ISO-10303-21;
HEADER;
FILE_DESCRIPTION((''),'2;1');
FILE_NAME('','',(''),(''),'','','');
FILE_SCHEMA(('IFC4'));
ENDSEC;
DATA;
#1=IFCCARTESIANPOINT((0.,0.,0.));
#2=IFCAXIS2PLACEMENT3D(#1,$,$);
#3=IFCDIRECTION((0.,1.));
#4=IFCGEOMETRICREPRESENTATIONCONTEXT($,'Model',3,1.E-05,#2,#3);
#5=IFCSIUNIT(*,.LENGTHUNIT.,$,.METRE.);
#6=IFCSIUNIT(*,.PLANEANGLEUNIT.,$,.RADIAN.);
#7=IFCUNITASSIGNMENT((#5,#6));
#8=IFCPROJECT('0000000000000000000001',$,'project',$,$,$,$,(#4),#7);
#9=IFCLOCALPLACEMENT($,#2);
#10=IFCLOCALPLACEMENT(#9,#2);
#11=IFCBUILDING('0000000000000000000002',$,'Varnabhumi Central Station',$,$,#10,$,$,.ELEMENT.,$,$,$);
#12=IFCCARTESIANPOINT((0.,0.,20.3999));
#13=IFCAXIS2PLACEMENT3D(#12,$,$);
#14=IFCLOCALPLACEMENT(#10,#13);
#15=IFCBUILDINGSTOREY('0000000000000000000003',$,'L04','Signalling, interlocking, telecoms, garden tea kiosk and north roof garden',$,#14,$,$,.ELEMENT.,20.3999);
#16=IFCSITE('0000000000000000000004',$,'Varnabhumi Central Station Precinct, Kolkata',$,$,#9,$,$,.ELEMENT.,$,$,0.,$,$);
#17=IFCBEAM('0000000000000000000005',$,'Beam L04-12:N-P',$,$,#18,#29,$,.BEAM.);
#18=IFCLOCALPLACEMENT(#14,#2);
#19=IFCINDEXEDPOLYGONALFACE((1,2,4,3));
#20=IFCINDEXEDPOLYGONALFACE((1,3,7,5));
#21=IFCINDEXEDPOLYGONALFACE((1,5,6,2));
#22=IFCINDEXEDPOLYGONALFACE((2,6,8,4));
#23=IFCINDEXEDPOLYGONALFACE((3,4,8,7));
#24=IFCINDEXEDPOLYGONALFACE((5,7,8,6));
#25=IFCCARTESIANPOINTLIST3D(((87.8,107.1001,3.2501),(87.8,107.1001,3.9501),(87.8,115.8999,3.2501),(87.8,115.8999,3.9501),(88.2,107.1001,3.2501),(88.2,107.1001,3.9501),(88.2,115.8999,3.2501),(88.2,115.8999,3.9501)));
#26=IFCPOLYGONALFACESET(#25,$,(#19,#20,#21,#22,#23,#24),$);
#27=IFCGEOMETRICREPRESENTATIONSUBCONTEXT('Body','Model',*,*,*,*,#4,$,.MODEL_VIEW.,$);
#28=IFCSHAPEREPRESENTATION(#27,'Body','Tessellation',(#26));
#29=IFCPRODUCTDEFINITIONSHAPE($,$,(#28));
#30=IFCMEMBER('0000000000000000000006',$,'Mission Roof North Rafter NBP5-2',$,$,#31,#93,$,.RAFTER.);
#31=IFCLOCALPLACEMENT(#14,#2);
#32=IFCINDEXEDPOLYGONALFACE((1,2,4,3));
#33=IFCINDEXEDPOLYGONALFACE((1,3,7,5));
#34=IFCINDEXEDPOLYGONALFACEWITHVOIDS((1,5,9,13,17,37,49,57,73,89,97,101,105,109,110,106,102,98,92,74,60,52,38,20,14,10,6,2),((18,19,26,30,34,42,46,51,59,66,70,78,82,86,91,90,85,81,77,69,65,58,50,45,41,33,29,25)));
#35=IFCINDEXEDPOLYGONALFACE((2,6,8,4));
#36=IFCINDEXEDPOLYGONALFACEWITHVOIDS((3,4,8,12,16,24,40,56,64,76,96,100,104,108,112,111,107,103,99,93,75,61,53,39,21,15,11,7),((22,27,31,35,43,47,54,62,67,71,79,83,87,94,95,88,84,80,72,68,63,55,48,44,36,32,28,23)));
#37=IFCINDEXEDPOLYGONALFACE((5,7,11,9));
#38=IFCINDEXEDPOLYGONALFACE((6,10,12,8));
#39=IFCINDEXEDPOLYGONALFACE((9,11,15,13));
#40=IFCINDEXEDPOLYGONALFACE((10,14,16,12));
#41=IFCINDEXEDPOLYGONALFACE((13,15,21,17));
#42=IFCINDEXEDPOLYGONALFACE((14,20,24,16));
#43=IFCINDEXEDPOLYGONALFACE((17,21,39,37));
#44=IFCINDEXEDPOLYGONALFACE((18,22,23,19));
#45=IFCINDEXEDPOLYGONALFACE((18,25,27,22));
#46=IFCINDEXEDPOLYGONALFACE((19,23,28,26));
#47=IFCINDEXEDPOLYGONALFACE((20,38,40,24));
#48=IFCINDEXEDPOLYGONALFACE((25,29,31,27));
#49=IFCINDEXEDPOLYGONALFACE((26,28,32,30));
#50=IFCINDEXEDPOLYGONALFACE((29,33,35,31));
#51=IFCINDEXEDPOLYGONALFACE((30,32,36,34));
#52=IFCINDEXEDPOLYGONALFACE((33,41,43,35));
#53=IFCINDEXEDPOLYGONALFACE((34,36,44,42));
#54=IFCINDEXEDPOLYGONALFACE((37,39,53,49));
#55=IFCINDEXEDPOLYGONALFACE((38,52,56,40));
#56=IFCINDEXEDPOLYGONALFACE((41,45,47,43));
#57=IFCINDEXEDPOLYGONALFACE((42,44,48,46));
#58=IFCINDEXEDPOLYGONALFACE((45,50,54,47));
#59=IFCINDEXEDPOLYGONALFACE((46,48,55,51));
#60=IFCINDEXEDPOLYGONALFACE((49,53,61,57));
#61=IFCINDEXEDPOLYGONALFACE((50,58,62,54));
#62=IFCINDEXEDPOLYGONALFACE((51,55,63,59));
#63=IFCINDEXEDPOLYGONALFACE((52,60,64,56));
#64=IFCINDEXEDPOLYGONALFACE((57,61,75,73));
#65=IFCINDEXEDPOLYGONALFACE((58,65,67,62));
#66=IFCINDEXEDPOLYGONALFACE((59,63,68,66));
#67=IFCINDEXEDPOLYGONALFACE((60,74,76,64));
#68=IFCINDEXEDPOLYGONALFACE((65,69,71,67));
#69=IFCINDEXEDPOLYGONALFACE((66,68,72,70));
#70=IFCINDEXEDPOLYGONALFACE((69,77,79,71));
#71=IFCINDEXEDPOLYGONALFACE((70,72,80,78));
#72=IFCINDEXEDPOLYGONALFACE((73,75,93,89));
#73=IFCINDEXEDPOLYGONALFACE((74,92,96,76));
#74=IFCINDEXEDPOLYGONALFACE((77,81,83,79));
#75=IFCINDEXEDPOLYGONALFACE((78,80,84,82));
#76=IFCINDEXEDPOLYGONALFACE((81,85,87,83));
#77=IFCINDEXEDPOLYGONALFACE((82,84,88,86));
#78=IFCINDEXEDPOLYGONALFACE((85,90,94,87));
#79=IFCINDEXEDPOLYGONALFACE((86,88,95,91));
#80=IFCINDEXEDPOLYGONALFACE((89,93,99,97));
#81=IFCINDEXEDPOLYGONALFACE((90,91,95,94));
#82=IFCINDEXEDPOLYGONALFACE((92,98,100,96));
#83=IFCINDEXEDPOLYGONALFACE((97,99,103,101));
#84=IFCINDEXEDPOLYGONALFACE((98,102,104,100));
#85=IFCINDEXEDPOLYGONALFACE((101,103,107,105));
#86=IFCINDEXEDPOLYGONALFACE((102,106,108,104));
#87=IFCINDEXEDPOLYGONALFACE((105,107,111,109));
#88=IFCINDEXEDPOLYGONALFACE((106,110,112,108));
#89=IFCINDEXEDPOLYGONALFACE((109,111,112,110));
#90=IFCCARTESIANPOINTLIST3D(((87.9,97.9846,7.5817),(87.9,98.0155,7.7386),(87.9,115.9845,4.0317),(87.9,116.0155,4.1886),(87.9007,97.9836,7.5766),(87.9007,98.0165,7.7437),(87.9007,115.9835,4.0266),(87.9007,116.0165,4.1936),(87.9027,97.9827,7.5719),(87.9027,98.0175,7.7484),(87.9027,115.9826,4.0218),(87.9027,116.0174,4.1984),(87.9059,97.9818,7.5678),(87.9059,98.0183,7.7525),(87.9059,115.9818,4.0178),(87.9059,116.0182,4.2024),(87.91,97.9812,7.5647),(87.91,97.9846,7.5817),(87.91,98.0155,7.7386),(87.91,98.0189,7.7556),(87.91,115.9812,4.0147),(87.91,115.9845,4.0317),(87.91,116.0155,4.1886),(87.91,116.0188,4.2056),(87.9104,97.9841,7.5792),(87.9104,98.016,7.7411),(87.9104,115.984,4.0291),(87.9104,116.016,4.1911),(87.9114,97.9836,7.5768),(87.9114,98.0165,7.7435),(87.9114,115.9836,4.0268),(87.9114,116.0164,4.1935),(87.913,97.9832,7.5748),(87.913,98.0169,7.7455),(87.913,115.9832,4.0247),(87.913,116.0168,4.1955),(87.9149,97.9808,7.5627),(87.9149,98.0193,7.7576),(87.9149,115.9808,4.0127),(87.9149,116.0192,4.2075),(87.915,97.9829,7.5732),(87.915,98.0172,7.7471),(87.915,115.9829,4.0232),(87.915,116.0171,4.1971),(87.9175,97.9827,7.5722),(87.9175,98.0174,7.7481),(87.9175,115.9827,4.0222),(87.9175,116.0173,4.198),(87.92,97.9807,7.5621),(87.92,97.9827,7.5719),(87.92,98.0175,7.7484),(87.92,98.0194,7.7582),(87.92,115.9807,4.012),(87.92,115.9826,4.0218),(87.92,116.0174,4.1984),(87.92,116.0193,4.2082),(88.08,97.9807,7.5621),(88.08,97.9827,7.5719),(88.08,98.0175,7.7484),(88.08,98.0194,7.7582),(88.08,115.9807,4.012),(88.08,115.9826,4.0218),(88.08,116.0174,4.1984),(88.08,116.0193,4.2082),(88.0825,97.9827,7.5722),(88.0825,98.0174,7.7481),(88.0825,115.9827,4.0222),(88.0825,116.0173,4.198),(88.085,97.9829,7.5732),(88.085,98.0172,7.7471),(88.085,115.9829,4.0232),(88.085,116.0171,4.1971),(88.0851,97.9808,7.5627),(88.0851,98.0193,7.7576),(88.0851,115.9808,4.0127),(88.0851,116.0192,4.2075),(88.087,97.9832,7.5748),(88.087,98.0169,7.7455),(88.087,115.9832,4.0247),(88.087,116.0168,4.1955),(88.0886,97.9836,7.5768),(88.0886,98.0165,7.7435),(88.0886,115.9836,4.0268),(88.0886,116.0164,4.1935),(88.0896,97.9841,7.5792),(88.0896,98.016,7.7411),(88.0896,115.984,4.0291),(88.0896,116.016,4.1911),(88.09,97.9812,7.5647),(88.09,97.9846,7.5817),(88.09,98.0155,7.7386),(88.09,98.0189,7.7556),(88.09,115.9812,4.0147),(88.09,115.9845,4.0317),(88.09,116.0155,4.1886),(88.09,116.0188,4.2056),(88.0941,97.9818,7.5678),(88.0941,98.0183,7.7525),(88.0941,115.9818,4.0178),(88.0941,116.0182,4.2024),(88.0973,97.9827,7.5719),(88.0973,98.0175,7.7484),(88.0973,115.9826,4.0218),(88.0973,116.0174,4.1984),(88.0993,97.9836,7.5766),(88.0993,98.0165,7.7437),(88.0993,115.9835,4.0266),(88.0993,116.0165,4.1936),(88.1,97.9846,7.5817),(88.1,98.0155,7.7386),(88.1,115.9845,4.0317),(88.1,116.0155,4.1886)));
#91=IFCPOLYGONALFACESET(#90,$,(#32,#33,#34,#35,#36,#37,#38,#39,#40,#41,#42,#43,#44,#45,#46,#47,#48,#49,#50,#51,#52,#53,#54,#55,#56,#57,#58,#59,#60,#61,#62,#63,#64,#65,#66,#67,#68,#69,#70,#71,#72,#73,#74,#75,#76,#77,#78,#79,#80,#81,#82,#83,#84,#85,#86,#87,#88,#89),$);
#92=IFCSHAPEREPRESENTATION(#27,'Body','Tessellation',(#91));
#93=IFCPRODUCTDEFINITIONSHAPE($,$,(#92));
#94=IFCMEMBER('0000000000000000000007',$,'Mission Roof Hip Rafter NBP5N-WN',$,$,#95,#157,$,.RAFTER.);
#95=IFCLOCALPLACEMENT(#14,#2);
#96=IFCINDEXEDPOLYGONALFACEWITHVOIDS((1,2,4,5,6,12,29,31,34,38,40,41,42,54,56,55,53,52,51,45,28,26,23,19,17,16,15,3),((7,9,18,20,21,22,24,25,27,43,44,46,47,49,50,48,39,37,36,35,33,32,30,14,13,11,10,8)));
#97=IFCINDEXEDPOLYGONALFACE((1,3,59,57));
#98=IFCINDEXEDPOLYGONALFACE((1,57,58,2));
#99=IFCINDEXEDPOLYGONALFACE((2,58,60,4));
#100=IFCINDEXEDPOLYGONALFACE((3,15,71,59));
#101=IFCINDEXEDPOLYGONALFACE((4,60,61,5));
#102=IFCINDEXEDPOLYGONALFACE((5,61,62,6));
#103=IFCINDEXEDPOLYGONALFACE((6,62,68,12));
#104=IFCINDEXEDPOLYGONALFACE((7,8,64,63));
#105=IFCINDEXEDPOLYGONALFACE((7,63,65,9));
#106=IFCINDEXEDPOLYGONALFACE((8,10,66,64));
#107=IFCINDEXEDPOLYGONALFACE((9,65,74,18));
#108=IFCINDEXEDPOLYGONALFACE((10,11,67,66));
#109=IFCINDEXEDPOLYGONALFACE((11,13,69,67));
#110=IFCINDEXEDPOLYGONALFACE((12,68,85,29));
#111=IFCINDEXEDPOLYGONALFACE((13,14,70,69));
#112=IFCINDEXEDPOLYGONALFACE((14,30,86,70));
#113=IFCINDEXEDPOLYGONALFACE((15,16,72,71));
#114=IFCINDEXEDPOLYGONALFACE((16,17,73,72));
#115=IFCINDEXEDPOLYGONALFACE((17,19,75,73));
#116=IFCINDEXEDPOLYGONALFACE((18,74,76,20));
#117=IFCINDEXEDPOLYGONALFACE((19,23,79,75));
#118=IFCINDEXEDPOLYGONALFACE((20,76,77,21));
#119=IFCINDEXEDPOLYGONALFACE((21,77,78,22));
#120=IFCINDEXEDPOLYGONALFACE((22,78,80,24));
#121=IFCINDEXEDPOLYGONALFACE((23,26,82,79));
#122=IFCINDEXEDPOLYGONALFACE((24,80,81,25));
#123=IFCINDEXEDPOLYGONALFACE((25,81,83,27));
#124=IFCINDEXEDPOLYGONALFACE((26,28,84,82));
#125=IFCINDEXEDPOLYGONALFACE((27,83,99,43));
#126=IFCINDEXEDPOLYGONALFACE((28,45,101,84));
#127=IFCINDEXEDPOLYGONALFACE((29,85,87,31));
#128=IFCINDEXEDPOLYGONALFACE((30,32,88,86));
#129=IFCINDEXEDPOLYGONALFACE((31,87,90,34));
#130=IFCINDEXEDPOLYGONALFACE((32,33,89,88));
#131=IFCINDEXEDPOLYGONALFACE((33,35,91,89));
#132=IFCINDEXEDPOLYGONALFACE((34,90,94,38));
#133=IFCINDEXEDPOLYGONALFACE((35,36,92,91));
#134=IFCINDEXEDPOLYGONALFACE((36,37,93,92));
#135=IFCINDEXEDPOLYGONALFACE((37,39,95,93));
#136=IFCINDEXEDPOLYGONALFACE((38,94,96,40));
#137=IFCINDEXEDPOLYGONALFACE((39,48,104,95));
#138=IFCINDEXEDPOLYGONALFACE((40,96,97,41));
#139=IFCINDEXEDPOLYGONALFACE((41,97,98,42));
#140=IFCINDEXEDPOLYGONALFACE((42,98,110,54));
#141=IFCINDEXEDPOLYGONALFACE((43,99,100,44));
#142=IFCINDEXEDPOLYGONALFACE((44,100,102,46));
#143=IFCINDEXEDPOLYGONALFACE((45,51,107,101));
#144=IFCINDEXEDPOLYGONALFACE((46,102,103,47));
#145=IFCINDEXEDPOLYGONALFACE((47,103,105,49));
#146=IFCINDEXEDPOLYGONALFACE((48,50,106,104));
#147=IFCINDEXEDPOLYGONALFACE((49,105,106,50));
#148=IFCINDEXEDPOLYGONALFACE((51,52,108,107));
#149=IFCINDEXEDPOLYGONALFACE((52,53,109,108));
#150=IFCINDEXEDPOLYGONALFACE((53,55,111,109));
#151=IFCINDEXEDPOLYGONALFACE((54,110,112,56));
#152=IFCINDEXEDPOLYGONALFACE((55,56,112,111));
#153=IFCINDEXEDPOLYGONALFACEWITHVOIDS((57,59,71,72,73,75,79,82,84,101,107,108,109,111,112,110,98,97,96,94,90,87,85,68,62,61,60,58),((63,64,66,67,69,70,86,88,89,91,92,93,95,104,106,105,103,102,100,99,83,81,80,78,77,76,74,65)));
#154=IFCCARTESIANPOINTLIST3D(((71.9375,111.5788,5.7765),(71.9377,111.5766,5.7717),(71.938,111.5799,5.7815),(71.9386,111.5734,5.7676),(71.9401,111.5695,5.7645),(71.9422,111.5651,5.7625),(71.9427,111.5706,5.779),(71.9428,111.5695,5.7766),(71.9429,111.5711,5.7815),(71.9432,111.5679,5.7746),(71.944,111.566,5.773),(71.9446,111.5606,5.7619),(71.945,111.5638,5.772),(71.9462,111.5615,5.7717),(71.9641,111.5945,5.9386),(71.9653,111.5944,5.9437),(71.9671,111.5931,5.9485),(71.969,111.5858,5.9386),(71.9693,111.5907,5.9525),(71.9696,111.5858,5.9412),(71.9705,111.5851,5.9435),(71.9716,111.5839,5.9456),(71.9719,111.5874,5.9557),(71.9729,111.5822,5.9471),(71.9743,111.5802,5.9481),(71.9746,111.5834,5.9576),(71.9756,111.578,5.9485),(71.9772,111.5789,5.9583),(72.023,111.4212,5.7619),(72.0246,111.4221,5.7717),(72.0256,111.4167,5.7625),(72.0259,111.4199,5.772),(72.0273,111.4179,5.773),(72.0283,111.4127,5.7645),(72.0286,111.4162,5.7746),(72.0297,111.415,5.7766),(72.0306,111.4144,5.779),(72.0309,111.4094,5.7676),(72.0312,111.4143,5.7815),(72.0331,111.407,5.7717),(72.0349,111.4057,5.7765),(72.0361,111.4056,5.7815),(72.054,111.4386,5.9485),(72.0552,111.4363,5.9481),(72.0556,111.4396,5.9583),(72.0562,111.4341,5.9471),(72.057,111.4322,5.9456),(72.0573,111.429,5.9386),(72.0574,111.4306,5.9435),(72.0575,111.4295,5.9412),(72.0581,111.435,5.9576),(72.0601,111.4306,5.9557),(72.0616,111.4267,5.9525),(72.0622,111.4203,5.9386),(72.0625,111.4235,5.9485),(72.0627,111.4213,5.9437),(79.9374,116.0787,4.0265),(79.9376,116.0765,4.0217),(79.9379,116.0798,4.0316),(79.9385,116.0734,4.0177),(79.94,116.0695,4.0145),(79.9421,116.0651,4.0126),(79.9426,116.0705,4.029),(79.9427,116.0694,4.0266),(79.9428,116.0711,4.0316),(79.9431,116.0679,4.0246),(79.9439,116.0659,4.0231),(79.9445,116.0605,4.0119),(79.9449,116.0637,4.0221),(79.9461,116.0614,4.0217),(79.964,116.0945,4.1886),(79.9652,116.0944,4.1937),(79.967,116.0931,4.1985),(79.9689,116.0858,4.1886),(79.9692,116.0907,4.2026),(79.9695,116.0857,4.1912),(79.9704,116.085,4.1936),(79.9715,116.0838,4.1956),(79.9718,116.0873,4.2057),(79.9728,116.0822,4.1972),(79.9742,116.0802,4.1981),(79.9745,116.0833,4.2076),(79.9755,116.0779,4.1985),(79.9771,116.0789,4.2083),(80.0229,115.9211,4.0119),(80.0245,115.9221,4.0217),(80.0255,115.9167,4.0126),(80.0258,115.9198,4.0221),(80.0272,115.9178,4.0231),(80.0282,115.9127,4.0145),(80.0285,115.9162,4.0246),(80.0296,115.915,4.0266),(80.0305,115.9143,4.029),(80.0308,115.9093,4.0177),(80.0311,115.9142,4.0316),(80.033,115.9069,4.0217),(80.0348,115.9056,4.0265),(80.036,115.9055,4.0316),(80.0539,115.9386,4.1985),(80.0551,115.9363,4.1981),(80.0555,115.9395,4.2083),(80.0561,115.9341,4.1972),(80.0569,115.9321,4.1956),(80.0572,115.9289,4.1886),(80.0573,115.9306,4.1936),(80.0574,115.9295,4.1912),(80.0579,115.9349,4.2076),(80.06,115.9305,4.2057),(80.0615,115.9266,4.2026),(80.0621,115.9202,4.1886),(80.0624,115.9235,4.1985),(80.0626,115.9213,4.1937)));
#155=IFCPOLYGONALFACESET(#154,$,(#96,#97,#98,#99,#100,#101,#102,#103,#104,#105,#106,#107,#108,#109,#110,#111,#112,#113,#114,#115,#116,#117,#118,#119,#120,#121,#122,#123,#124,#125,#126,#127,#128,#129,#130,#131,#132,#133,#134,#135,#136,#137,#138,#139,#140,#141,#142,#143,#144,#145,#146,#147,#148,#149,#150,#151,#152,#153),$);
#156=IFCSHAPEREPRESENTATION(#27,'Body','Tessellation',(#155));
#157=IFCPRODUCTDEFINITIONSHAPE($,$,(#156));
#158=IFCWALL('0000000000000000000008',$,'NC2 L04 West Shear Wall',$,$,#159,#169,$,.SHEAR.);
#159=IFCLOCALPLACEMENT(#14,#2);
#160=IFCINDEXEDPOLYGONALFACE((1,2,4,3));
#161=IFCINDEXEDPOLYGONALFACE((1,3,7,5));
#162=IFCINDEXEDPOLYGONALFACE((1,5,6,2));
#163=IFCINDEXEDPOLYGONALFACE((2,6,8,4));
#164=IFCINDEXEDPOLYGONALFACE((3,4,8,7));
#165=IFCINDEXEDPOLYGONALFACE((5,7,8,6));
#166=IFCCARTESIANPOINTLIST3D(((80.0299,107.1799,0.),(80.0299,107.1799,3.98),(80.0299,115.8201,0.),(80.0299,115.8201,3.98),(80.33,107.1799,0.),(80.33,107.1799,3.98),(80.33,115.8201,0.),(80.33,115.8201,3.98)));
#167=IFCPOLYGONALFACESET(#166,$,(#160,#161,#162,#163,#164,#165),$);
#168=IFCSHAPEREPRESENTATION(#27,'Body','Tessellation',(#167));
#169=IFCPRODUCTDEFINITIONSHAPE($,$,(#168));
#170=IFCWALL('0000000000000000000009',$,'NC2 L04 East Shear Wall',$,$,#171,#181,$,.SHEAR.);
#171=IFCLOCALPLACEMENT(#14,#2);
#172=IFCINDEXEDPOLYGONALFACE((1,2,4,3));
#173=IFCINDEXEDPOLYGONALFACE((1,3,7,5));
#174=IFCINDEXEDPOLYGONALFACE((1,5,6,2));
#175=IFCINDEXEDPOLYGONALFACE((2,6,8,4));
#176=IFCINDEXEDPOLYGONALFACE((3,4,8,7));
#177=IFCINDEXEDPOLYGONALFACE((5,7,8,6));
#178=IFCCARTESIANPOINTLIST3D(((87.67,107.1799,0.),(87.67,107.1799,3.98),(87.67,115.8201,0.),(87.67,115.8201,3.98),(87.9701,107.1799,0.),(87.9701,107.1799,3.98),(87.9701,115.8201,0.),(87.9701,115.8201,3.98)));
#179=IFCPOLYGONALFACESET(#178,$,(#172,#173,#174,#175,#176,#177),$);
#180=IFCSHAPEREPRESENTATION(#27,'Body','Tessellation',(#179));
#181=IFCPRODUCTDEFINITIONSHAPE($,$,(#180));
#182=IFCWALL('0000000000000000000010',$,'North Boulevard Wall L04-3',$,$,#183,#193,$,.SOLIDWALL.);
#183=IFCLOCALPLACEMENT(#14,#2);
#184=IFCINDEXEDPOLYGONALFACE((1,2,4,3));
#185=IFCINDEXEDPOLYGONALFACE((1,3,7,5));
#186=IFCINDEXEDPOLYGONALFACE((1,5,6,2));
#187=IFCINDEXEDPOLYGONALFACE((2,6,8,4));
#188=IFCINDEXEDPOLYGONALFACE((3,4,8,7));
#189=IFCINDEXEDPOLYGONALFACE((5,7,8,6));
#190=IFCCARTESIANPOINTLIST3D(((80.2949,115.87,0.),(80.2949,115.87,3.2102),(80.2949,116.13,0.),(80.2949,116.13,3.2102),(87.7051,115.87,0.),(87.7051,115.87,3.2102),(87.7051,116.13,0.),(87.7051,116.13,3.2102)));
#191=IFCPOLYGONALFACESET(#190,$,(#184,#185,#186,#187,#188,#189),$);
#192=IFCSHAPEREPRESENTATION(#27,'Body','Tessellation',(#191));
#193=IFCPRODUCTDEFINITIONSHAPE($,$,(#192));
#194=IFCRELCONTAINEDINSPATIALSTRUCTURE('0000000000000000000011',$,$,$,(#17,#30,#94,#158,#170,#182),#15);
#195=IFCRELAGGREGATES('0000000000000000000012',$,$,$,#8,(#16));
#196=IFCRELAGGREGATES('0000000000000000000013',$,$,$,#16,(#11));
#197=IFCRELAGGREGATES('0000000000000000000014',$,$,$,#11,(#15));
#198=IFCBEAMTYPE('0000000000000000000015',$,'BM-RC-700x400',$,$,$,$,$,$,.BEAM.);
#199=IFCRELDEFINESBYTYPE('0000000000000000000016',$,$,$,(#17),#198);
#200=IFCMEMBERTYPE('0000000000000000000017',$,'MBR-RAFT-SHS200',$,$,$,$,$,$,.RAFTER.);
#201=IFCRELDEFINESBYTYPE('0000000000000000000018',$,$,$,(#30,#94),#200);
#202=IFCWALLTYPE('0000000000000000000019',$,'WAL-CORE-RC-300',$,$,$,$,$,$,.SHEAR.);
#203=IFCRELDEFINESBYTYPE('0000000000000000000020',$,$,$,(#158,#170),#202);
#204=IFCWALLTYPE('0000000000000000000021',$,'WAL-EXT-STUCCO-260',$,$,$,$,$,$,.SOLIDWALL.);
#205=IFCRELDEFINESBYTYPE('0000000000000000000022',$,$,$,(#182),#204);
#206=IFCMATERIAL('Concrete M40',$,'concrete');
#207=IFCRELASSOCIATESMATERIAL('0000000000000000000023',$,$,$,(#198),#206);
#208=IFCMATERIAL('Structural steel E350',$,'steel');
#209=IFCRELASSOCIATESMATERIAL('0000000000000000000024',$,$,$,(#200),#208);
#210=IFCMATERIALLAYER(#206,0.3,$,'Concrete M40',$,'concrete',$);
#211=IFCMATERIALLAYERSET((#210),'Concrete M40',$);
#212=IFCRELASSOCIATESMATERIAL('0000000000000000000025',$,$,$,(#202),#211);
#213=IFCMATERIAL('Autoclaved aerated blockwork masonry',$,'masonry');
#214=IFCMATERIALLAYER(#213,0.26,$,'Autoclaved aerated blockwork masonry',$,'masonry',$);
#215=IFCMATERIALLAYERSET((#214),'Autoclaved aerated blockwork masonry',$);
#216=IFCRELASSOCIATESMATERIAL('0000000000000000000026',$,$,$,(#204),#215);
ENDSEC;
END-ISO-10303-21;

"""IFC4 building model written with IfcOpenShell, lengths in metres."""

from ifc_helpers import new_model, si_unit, direction, frame, frame_2d, origin, origin_2d, place, context, subcontext, project, spatial, rectangle, hollow_rectangle, extrude, material, layer, layer_set, material_profile, profile_set, type_object, element, save


model = new_model("IFC4")

# Units and contexts
model_context = context("Model", 3, precision=1e-05, world=origin(), true_north=direction((0.0, 1.0)))
body_context = subcontext(model_context, "Body", "Model", "MODEL_VIEW")
ifc_project = project(units=[si_unit("LENGTHUNIT", "METRE"), si_unit("PLANEANGLEUNIT", "RADIAN")], contexts=[model_context])

# Site, building, storey
site_placement = place(None, origin())
site = spatial("IfcSite", under=ifc_project, at=site_placement, Name="Varnabhumi Central Station Precinct, Kolkata", CompositionType="ELEMENT", RefElevation=0.0)
building_placement = place(site_placement, origin())
building = spatial("IfcBuilding", under=site, at=building_placement, Name="Varnabhumi Central Station", CompositionType="ELEMENT")
storey_placement = place(building_placement, frame((0.0, 0.0, 20.3999)))
storey = spatial("IfcBuildingStorey", under=building, at=storey_placement, Name="L04", Description="Signalling, interlocking, telecoms, garden tea kiosk and north roof garden", CompositionType="ELEMENT", Elevation=20.3999)

# Shared definitions
ifc_material_1 = material(Name="Concrete M40", Category="concrete")

# Beam
ifc_material_2 = material(Name="Structural steel E350", Category="steel")
ifc_material_profile_1 = material_profile(ifc_material_1, rectangle(XDim=0.3999, YDim=0.7, at=origin_2d()), Name="Concrete M40", Category="concrete")
ifc_profile_set_1 = profile_set([ifc_material_profile_1], Name="Concrete M40")
beam_type_1 = type_object("IfcBeamType", Name="BM-RC-700x400", PredefinedType="BEAM", material=ifc_profile_set_1)
beam_placement = place(storey_placement, frame((88.0, 107.1001, 3.6001), z_axis=(0.0, 1.0, 0.0), x_axis=(-1.0, 0.0, 0.0)))
element("IfcBeam", 1, at=beam_placement, inside=storey, type_object=beam_type_1, Name="Beam L04-12:N-P", PredefinedType="BEAM", context=body_context, shape_type="SweptSolid", body=[
    extrude(rectangle(XDim=0.3999, YDim=0.7, at=origin_2d()), origin(), (0.0, 0.0, 1.0), 8.7998),
])

# Members
ifc_material_profile_2 = material_profile(ifc_material_2, hollow_rectangle(XDim=0.2, YDim=0.2, WallThickness=0.01, InnerFilletRadius=0.01, OuterFilletRadius=0.02, at=origin_2d()), Name="Structural steel E350", Category="steel")
ifc_profile_set_2 = profile_set([ifc_material_profile_2], Name="Structural steel E350")
member_type = type_object("IfcMemberType", Name="MBR-RAFT-SHS200", PredefinedType="RAFTER", material=ifc_profile_set_2)
member_1_placement = place(storey_placement, frame((88.0, 116.0, 4.1101), z_axis=(0.0, -0.981101, 0.193498), x_axis=(1.0, 0.0, 0.0)))
element("IfcMember", 2, at=member_1_placement, inside=storey, type_object=member_type, Name="Mission Roof North Rafter NBP5-2", PredefinedType="RAFTER", context=body_context, shape_type="SweptSolid", body=[
    extrude(hollow_rectangle(XDim=0.2, YDim=0.2, WallThickness=0.01, InnerFilletRadius=0.01, OuterFilletRadius=0.02, at=origin_2d()), origin(), (0.0, 0.0, 1.0), 18.3467),
])
member_2_placement = place(storey_placement, frame((80.0, 116.0, 4.1101), z_axis=(-0.856154, -0.481586, 0.187284), x_axis=(0.490261, -0.871576, 0.0)))
element("IfcMember", 3, at=member_2_placement, inside=storey, type_object=member_type, Name="Mission Roof Hip Rafter NBP5N-WN", PredefinedType="RAFTER", context=body_context, shape_type="SweptSolid", body=[
    extrude(hollow_rectangle(XDim=0.2, YDim=0.2, WallThickness=0.01, InnerFilletRadius=0.01, OuterFilletRadius=0.02, at=origin_2d()), origin(), (0.0, 0.0, 1.0), 9.344),
])

# Walls
ifc_layer_1 = layer(ifc_material_1, 0.3, Name="Concrete M40", Category="concrete")
ifc_layer_set_1 = layer_set([ifc_layer_1], Name="Concrete M40")
wall_type_1 = type_object("IfcWallType", Name="WAL-CORE-RC-300", PredefinedType="SHEAR", material=ifc_layer_set_1)
for number, where, z_axis, x_axis, name in (
    (4, (80.1799, 107.1799, 0.0), (0.0, 0.0, 1.0), (0.0, 1.0, 0.0), "NC2 L04 West Shear Wall"),
    (5, (87.8201, 107.1799, 0.0), (0.0, 0.0, 1.0), (0.0, 1.0, 0.0), "NC2 L04 East Shear Wall"),
):
    element("IfcWall", number, at=place(storey_placement, frame(where, z_axis=z_axis, x_axis=x_axis)), inside=storey, type_object=wall_type_1, Name=name, PredefinedType="SHEAR", context=body_context, shape_type="SweptSolid", body=[
        extrude(rectangle(XDim=8.6401, YDim=0.3, at=frame_2d((4.3201, 0.0))), origin(), (0.0, 0.0, 1.0), 3.98),
    ])

# Wall
ifc_material_3 = material(Name="Autoclaved aerated blockwork masonry", Category="masonry")
ifc_layer_2 = layer(ifc_material_3, 0.26, Name="Autoclaved aerated blockwork masonry", Category="masonry")
ifc_layer_set_2 = layer_set([ifc_layer_2], Name="Autoclaved aerated blockwork masonry")
wall_type_2 = type_object("IfcWallType", Name="WAL-EXT-STUCCO-260", PredefinedType="SOLIDWALL", material=ifc_layer_set_2)
wall_1_placement = place(storey_placement, frame((80.2949, 116.0, 0.0), z_axis=(0.0, 0.0, 1.0), x_axis=(1.0, 0.0, 0.0)))
element("IfcWall", 6, at=wall_1_placement, inside=storey, type_object=wall_type_2, Name="North Boulevard Wall L04-3", PredefinedType="SOLIDWALL", context=body_context, shape_type="SweptSolid", body=[
    extrude(rectangle(XDim=7.4102, YDim=0.26, at=frame_2d((3.7051, 0.0))), origin(), (0.0, 0.0, 1.0), 3.2102),
])

save(model, "model.ifc")
